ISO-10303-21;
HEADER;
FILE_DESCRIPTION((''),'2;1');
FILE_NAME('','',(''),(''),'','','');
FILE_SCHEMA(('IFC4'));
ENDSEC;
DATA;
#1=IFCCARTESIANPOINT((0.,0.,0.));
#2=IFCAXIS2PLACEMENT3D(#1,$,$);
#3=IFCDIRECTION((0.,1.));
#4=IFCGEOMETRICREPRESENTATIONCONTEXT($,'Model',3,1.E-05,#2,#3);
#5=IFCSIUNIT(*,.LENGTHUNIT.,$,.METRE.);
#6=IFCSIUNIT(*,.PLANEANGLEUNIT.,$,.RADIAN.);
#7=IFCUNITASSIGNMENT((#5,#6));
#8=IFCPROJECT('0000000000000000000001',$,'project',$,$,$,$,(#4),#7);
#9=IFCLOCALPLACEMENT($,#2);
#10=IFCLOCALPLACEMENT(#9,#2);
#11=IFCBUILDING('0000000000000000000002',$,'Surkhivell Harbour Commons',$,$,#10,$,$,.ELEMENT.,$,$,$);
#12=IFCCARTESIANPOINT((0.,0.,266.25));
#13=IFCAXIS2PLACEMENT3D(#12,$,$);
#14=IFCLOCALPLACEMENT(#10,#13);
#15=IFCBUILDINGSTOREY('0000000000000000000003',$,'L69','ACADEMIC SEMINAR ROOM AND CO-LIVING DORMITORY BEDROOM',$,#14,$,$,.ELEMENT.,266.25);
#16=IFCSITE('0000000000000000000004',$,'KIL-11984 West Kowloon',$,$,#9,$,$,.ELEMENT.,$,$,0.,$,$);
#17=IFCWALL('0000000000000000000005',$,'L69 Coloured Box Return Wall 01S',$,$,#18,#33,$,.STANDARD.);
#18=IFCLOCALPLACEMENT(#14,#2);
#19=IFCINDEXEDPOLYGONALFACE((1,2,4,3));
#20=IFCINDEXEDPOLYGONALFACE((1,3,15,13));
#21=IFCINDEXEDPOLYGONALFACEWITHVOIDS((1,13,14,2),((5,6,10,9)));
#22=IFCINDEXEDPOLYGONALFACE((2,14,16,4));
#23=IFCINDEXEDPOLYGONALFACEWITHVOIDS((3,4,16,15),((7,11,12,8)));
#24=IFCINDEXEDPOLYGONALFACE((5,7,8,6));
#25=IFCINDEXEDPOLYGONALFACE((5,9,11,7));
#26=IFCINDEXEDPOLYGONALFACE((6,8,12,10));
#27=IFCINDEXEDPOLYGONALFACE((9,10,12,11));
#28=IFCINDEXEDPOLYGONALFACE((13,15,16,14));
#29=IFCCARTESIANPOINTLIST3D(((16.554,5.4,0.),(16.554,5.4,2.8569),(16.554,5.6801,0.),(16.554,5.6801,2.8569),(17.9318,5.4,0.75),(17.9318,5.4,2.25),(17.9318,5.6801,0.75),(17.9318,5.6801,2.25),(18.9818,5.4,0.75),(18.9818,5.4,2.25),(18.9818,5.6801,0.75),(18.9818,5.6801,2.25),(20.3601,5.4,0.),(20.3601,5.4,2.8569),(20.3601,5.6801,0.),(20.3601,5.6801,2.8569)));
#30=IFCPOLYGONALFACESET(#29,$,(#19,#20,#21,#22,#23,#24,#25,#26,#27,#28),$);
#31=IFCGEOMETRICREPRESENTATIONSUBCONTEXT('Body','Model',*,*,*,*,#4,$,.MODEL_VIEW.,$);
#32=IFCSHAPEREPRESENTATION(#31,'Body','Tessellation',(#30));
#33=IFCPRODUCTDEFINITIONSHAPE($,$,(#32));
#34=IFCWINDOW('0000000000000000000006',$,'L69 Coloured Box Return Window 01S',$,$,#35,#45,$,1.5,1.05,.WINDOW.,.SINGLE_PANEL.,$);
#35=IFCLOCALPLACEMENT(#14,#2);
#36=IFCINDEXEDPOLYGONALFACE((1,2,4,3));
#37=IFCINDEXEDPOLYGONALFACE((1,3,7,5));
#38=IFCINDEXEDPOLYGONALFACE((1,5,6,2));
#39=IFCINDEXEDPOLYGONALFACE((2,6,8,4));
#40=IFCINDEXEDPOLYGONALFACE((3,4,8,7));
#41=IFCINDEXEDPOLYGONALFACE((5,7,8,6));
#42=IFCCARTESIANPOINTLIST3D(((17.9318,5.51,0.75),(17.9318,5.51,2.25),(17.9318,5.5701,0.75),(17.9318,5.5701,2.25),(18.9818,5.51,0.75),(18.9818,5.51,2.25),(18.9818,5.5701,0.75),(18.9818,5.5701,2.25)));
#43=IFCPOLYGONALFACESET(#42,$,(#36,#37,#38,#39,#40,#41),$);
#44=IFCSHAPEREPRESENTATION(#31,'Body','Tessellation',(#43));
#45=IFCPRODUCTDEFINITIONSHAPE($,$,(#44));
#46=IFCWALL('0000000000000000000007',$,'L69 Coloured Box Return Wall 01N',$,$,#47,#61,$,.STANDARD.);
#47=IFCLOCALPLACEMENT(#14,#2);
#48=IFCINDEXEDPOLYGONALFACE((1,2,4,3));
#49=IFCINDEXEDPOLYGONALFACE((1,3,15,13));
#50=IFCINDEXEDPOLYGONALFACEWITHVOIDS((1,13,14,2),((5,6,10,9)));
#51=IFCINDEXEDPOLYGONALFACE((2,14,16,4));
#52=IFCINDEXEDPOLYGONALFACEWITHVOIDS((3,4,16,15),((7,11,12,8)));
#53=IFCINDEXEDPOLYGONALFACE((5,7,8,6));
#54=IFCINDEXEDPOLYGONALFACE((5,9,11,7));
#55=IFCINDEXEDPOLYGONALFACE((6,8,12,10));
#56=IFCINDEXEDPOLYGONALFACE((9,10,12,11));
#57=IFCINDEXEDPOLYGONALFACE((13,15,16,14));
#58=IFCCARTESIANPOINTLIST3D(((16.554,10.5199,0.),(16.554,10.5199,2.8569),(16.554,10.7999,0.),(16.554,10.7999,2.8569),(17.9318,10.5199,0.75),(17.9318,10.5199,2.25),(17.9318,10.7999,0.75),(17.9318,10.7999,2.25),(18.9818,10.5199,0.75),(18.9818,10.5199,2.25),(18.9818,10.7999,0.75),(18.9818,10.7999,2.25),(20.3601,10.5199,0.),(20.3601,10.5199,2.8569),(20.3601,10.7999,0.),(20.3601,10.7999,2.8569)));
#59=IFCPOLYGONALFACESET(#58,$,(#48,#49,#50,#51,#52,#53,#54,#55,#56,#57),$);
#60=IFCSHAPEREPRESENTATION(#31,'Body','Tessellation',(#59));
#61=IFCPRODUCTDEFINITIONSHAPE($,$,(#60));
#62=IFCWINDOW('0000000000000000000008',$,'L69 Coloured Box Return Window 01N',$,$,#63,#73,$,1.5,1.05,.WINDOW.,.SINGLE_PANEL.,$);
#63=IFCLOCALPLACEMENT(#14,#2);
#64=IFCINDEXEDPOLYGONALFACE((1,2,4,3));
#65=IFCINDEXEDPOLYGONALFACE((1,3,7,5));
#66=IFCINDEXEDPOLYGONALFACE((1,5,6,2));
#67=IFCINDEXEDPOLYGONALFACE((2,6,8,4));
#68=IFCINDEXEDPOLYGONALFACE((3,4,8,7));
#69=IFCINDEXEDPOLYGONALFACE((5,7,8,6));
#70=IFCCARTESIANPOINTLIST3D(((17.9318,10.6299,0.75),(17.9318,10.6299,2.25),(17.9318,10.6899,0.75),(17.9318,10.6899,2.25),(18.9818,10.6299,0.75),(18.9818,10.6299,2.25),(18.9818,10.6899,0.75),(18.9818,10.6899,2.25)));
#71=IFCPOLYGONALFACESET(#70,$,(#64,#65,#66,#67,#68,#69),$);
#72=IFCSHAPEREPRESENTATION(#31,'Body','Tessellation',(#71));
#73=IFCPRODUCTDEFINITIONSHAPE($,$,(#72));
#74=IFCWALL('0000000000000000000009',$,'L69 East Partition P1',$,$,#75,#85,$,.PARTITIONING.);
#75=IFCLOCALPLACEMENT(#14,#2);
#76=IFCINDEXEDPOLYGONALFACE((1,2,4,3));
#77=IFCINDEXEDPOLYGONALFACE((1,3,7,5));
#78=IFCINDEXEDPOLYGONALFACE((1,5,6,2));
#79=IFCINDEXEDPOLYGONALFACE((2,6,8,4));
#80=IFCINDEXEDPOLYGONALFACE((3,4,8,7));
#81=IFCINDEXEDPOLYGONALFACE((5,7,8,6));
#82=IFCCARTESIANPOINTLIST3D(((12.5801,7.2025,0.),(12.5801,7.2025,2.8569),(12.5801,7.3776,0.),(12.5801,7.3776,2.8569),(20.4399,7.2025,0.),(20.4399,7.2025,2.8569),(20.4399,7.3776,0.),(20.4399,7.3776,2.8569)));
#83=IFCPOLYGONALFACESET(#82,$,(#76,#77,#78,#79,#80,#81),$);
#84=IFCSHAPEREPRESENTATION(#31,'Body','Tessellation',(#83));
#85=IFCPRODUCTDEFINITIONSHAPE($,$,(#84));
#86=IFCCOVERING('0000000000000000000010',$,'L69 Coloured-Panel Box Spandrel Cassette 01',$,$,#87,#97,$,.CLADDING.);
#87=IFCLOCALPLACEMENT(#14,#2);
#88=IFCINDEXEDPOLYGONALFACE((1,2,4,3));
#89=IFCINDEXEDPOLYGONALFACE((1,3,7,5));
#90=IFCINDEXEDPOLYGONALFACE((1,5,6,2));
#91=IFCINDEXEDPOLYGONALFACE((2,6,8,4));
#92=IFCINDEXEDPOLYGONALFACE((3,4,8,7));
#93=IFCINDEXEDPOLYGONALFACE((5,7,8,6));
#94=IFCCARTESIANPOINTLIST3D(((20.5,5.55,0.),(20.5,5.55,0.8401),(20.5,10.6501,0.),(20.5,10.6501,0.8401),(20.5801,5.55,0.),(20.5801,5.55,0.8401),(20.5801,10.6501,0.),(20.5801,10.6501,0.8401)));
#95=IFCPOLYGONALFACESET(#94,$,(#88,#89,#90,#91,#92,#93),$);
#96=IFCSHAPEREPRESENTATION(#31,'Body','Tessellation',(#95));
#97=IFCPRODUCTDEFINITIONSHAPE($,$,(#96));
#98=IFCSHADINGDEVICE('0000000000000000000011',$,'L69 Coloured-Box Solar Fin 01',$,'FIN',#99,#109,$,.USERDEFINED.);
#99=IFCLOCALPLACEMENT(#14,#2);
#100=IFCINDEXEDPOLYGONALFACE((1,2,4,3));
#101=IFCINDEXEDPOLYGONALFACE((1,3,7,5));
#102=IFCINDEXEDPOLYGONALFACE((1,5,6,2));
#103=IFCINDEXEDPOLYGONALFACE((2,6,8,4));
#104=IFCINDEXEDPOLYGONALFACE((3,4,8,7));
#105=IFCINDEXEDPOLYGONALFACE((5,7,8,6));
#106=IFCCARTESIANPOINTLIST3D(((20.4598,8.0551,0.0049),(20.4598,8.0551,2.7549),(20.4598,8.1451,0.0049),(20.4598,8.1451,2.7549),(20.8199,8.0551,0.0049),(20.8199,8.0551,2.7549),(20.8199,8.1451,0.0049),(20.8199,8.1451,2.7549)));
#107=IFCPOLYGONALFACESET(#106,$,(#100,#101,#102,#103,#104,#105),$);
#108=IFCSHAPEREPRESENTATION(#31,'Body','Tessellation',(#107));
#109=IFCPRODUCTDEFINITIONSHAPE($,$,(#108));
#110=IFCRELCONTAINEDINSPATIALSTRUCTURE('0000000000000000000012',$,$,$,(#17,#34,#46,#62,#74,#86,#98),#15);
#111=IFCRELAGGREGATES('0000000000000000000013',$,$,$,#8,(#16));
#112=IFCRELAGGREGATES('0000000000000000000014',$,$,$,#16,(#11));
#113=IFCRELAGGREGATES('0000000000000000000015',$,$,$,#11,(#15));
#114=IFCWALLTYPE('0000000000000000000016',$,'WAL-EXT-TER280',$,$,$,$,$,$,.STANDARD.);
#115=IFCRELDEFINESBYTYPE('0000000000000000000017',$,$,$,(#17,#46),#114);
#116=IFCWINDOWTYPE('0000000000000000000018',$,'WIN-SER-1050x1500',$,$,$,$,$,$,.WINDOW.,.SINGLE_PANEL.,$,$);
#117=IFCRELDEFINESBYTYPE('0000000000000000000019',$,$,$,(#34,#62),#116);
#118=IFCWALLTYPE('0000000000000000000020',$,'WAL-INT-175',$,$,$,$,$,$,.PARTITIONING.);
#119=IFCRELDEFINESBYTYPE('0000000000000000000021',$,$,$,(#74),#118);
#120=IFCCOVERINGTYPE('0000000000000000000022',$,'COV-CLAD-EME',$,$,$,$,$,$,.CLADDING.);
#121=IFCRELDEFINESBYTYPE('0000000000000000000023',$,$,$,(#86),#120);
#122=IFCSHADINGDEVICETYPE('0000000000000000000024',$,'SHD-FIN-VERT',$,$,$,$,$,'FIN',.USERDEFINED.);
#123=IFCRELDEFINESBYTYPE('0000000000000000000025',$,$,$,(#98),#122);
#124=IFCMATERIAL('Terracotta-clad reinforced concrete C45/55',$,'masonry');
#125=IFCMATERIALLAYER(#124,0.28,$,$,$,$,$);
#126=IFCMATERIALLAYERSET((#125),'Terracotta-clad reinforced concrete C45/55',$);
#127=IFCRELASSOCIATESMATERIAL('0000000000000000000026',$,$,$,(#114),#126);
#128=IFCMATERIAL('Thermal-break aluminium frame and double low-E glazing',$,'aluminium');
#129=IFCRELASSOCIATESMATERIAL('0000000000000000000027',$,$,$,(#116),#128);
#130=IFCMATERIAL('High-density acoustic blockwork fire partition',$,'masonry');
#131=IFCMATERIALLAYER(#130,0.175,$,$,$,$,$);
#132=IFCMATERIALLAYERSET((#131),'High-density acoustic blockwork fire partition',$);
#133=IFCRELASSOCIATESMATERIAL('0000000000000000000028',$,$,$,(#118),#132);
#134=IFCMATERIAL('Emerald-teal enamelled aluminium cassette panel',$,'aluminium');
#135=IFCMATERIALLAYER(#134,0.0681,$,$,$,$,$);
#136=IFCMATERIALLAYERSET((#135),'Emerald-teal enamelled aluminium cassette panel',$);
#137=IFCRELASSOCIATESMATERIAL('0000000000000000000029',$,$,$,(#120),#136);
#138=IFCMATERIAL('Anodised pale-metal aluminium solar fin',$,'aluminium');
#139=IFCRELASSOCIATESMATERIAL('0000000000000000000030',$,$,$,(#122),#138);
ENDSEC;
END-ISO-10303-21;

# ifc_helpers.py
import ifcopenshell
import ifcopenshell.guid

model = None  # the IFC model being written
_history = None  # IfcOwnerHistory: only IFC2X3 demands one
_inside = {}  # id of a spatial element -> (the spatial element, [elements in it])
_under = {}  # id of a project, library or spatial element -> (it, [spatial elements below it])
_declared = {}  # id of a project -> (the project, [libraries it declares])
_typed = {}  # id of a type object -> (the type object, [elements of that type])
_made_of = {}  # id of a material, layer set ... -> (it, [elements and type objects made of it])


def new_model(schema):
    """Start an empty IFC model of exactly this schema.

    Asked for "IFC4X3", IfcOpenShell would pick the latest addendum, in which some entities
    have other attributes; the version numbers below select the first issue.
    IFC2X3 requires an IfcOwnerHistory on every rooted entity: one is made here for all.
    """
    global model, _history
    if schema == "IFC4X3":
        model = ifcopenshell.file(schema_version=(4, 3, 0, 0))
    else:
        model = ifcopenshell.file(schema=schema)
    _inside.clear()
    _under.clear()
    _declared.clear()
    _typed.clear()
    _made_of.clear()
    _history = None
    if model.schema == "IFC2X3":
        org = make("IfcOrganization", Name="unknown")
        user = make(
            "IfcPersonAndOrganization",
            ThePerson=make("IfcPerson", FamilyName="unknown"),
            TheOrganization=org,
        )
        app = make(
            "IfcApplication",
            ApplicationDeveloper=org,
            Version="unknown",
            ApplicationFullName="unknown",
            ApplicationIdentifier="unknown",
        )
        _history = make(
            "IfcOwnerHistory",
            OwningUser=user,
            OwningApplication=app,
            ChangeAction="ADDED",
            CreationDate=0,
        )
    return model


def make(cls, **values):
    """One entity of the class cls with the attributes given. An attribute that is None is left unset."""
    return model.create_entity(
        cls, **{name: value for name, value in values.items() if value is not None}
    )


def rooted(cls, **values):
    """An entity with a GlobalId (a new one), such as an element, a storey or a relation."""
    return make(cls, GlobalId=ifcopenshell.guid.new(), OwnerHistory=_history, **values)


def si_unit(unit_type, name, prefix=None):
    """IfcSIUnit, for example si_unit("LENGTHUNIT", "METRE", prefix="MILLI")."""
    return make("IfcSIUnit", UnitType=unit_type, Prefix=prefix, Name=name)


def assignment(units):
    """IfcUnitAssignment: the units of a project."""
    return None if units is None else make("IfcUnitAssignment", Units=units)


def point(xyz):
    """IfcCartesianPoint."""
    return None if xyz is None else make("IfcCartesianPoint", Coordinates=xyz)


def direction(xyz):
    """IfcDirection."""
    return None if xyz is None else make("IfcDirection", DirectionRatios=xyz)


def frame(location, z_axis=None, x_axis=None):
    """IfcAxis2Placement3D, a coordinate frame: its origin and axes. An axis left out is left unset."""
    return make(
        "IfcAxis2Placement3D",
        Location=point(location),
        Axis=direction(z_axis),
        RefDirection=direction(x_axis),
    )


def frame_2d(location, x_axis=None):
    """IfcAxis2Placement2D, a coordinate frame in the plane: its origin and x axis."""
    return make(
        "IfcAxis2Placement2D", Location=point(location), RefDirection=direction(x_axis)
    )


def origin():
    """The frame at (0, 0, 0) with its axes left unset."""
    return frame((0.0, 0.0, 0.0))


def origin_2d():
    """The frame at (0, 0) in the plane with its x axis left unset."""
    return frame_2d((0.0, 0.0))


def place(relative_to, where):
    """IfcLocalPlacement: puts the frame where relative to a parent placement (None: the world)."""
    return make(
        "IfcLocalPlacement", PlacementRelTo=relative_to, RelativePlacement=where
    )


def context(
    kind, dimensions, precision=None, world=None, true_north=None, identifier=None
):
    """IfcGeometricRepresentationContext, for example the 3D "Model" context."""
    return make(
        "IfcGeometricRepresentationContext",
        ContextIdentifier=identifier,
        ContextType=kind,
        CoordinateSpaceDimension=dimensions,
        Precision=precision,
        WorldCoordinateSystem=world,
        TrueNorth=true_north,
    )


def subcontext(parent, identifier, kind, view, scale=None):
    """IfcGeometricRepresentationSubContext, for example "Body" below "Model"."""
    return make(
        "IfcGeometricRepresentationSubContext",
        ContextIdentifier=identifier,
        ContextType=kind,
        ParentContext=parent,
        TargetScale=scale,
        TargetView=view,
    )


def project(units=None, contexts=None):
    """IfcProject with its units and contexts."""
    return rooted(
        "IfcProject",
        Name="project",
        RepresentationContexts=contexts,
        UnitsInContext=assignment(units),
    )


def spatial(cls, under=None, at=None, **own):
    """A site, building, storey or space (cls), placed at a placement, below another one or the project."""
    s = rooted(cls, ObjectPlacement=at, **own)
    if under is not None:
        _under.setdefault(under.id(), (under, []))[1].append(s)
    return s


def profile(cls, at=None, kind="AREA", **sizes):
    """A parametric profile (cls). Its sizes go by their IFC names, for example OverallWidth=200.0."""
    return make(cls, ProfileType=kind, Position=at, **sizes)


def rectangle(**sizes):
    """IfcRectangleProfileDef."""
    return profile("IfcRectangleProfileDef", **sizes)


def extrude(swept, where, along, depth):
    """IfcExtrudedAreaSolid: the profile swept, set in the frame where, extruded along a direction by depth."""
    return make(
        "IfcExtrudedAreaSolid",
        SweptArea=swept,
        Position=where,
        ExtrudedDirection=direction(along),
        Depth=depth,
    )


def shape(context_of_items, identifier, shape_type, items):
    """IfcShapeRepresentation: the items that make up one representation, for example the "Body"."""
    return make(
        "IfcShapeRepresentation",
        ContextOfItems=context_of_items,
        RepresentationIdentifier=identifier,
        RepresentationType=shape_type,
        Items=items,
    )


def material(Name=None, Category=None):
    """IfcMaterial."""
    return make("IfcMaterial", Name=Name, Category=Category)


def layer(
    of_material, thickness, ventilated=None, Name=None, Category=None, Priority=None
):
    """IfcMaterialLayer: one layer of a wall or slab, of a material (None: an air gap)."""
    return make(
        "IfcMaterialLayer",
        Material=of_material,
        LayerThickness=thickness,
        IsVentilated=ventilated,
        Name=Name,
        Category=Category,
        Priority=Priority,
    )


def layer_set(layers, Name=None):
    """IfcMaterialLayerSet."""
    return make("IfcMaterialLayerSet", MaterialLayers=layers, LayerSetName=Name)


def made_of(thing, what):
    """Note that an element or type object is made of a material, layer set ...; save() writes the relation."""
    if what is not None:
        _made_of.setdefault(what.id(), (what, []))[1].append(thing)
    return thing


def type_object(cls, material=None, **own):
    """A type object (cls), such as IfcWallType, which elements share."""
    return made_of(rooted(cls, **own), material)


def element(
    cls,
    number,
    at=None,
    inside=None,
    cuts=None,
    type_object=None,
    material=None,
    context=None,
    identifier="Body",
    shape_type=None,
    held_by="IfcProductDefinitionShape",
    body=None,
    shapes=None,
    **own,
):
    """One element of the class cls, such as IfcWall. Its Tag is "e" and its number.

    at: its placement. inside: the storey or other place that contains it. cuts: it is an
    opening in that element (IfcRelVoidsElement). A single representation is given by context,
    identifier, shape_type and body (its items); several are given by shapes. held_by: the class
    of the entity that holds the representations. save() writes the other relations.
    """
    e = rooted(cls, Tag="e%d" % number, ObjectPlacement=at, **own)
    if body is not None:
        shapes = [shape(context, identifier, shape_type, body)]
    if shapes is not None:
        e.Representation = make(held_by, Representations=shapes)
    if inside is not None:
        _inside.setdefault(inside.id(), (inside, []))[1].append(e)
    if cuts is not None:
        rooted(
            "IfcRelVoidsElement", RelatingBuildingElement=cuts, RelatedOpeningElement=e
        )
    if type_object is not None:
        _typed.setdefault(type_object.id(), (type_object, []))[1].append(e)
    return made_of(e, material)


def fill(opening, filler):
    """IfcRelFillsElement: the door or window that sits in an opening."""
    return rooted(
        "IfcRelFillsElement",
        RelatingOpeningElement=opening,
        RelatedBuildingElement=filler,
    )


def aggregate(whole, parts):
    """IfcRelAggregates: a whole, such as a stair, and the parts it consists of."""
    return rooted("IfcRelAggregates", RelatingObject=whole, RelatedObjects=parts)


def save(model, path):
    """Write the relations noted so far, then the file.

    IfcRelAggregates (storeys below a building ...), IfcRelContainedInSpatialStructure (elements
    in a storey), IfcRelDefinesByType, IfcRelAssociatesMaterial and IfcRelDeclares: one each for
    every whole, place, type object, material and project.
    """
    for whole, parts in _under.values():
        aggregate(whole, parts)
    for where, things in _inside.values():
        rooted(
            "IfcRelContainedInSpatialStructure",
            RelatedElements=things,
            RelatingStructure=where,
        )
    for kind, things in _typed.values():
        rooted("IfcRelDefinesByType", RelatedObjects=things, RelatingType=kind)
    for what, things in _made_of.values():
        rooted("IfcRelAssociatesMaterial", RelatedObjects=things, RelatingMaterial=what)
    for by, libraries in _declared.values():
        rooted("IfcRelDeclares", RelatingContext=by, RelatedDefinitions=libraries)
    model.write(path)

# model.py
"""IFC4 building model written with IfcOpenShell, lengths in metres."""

from ifc_helpers import new_model, si_unit, direction, frame, frame_2d, origin, origin_2d, place, context, subcontext, project, spatial, rectangle, extrude, material, layer, layer_set, type_object, element, fill, save


model = new_model("IFC4")

# Units and contexts
model_context = context("Model", 3, precision=1e-05, world=origin(), true_north=direction((0.0, 1.0)))
body_context = subcontext(model_context, "Body", "Model", "MODEL_VIEW")
ifc_project = project(units=[si_unit("LENGTHUNIT", "METRE"), si_unit("PLANEANGLEUNIT", "RADIAN")], contexts=[model_context])

# Site, building, storey
site_placement = place(None, origin())
site = spatial("IfcSite", under=ifc_project, at=site_placement, Name="KIL-11984 West Kowloon", CompositionType="ELEMENT", RefElevation=0.0)
building_placement = place(site_placement, origin())
building = spatial("IfcBuilding", under=site, at=building_placement, Name="Surkhivell Harbour Commons", CompositionType="ELEMENT")
storey_placement = place(building_placement, frame((0.0, 0.0, 266.25)))
storey = spatial("IfcBuildingStorey", under=building, at=storey_placement, Name="L69", Description="ACADEMIC SEMINAR ROOM AND CO-LIVING DORMITORY BEDROOM", CompositionType="ELEMENT", Elevation=266.25)

# Walls, openings, windows
ifc_material_1 = material(Name="Terracotta-clad reinforced concrete C45/55", Category="masonry")
ifc_layer_1 = layer(ifc_material_1, 0.28)
ifc_layer_set_1 = layer_set([ifc_layer_1], Name="Terracotta-clad reinforced concrete C45/55")
wall_type_1 = type_object("IfcWallType", Name="WAL-EXT-TER280", PredefinedType="STANDARD", material=ifc_layer_set_1)
ifc_material_2 = material(Name="Thermal-break aluminium frame and double low-E glazing", Category="aluminium")
wall_1_placement = place(storey_placement, frame((16.554, 5.54, 0.0), z_axis=(0.0, 0.0, 1.0), x_axis=(1.0, 0.0, 0.0)))
wall_1 = element("IfcWall", 1, at=wall_1_placement, inside=storey, type_object=wall_type_1, Name="L69 Coloured Box Return Wall 01S", PredefinedType="STANDARD", context=body_context, shape_type="SweptSolid", body=[
    extrude(rectangle(XDim=3.8062, YDim=0.28, at=frame_2d((1.9031, 0.0))), origin(), (0.0, 0.0, 1.0), 2.8569),
])
opening_1_placement = place(wall_1_placement, frame((1.3779, 0.0, 0.75)))
opening_1 = element("IfcOpeningElement", 2, at=opening_1_placement, cuts=wall_1, PredefinedType="OPENING", context=body_context, shape_type="SweptSolid", body=[
    extrude(rectangle(XDim=1.05, YDim=1.5, at=frame_2d((0.5249, 0.75))), frame((0.0, 0.1499, 0.0), z_axis=(0.0, -1.0, 0.0), x_axis=(1.0, 0.0, 0.0)), (0.0, 0.0, 1.0), 0.3),
])
window_type_1 = type_object("IfcWindowType", Name="WIN-SER-1050x1500", PartitioningType="SINGLE_PANEL", PredefinedType="WINDOW", material=ifc_material_2)
window_1_placement = place(opening_1_placement, origin())
window_1 = element("IfcWindow", 3, at=window_1_placement, inside=storey, type_object=window_type_1, Name="L69 Coloured Box Return Window 01S", OverallHeight=1.5, OverallWidth=1.05, PartitioningType="SINGLE_PANEL", PredefinedType="WINDOW", context=body_context, shape_type="SweptSolid", body=[
    extrude(rectangle(XDim=1.05, YDim=1.5, at=frame_2d((0.5249, 0.75))), frame((0.0, 0.03, 0.0), z_axis=(0.0, -1.0, 0.0), x_axis=(1.0, 0.0, 0.0)), (0.0, 0.0, 1.0), 0.0601),
])
fill(opening_1, window_1)
wall_2_placement = place(storey_placement, frame((16.554, 10.6599, 0.0), z_axis=(0.0, 0.0, 1.0), x_axis=(1.0, 0.0, 0.0)))
wall_2 = element("IfcWall", 4, at=wall_2_placement, inside=storey, type_object=wall_type_1, Name="L69 Coloured Box Return Wall 01N", PredefinedType="STANDARD", context=body_context, shape_type="SweptSolid", body=[
    extrude(rectangle(XDim=3.8062, YDim=0.28, at=frame_2d((1.9031, 0.0))), origin(), (0.0, 0.0, 1.0), 2.8569),
])
opening_2_placement = place(wall_2_placement, frame((1.3779, 0.0, 0.75)))
opening_2 = element("IfcOpeningElement", 5, at=opening_2_placement, cuts=wall_2, PredefinedType="OPENING", context=body_context, shape_type="SweptSolid", body=[
    extrude(rectangle(XDim=1.05, YDim=1.5, at=frame_2d((0.5249, 0.75))), frame((0.0, 0.1499, 0.0), z_axis=(0.0, -1.0, 0.0), x_axis=(1.0, 0.0, 0.0)), (0.0, 0.0, 1.0), 0.3),
])
window_2_placement = place(opening_2_placement, origin())
window_2 = element("IfcWindow", 6, at=window_2_placement, inside=storey, type_object=window_type_1, Name="L69 Coloured Box Return Window 01N", OverallHeight=1.5, OverallWidth=1.05, PartitioningType="SINGLE_PANEL", PredefinedType="WINDOW", context=body_context, shape_type="SweptSolid", body=[
    extrude(rectangle(XDim=1.05, YDim=1.5, at=frame_2d((0.5249, 0.75))), frame((0.0, 0.03, 0.0), z_axis=(0.0, -1.0, 0.0), x_axis=(1.0, 0.0, 0.0)), (0.0, 0.0, 1.0), 0.0601),
])
fill(opening_2, window_2)

# Wall
ifc_material_3 = material(Name="High-density acoustic blockwork fire partition", Category="masonry")
ifc_layer_2 = layer(ifc_material_3, 0.175)
ifc_layer_set_2 = layer_set([ifc_layer_2], Name="High-density acoustic blockwork fire partition")
wall_type_2 = type_object("IfcWallType", Name="WAL-INT-175", PredefinedType="PARTITIONING", material=ifc_layer_set_2)
wall_3_placement = place(storey_placement, frame((12.5801, 7.29, 0.0), z_axis=(0.0, 0.0, 1.0), x_axis=(1.0, 0.0, 0.0)))
element("IfcWall", 7, at=wall_3_placement, inside=storey, type_object=wall_type_2, Name="L69 East Partition P1", PredefinedType="PARTITIONING", context=body_context, shape_type="SweptSolid", body=[
    extrude(rectangle(XDim=7.8599, YDim=0.175, at=frame_2d((3.9299, 0.0))), origin(), (0.0, 0.0, 1.0), 2.8569),
])

# Covering
ifc_material_4 = material(Name="Emerald-teal enamelled aluminium cassette panel", Category="aluminium")
ifc_layer_3 = layer(ifc_material_4, 0.0681)
ifc_layer_set_3 = layer_set([ifc_layer_3], Name="Emerald-teal enamelled aluminium cassette panel")
covering_type = type_object("IfcCoveringType", Name="COV-CLAD-EME", PredefinedType="CLADDING", material=ifc_layer_set_3)
covering_placement = place(storey_placement, frame((20.54, 8.1001, 0.0), z_axis=(0.0, 0.0, 1.0), x_axis=(1.0, 0.0, 0.0)))
element("IfcCovering", 8, at=covering_placement, inside=storey, type_object=covering_type, Name="L69 Coloured-Panel Box Spandrel Cassette 01", PredefinedType="CLADDING", context=body_context, shape_type="SweptSolid", body=[
    extrude(rectangle(XDim=0.0801, YDim=5.1001, at=origin_2d()), origin(), (0.0, 0.0, 1.0), 0.8401),
])

# Shading device
ifc_material_5 = material(Name="Anodised pale-metal aluminium solar fin", Category="aluminium")
shading_device_type = type_object("IfcShadingDeviceType", Name="SHD-FIN-VERT", ElementType="FIN", PredefinedType="USERDEFINED", material=ifc_material_5)
shading_device_placement = place(storey_placement, frame((20.6399, 8.1001, 0.0049), z_axis=(0.0, 0.0, 1.0), x_axis=(1.0, 0.0, 0.0)))
element("IfcShadingDevice", 9, at=shading_device_placement, inside=storey, type_object=shading_device_type, Name="L69 Coloured-Box Solar Fin 01", ObjectType="FIN", PredefinedType="USERDEFINED", context=body_context, shape_type="SweptSolid", body=[
    extrude(rectangle(XDim=0.3601, YDim=0.0901, at=origin_2d()), origin(), (0.0, 0.0, 1.0), 2.75),
])

save(model, "model.ifc")
